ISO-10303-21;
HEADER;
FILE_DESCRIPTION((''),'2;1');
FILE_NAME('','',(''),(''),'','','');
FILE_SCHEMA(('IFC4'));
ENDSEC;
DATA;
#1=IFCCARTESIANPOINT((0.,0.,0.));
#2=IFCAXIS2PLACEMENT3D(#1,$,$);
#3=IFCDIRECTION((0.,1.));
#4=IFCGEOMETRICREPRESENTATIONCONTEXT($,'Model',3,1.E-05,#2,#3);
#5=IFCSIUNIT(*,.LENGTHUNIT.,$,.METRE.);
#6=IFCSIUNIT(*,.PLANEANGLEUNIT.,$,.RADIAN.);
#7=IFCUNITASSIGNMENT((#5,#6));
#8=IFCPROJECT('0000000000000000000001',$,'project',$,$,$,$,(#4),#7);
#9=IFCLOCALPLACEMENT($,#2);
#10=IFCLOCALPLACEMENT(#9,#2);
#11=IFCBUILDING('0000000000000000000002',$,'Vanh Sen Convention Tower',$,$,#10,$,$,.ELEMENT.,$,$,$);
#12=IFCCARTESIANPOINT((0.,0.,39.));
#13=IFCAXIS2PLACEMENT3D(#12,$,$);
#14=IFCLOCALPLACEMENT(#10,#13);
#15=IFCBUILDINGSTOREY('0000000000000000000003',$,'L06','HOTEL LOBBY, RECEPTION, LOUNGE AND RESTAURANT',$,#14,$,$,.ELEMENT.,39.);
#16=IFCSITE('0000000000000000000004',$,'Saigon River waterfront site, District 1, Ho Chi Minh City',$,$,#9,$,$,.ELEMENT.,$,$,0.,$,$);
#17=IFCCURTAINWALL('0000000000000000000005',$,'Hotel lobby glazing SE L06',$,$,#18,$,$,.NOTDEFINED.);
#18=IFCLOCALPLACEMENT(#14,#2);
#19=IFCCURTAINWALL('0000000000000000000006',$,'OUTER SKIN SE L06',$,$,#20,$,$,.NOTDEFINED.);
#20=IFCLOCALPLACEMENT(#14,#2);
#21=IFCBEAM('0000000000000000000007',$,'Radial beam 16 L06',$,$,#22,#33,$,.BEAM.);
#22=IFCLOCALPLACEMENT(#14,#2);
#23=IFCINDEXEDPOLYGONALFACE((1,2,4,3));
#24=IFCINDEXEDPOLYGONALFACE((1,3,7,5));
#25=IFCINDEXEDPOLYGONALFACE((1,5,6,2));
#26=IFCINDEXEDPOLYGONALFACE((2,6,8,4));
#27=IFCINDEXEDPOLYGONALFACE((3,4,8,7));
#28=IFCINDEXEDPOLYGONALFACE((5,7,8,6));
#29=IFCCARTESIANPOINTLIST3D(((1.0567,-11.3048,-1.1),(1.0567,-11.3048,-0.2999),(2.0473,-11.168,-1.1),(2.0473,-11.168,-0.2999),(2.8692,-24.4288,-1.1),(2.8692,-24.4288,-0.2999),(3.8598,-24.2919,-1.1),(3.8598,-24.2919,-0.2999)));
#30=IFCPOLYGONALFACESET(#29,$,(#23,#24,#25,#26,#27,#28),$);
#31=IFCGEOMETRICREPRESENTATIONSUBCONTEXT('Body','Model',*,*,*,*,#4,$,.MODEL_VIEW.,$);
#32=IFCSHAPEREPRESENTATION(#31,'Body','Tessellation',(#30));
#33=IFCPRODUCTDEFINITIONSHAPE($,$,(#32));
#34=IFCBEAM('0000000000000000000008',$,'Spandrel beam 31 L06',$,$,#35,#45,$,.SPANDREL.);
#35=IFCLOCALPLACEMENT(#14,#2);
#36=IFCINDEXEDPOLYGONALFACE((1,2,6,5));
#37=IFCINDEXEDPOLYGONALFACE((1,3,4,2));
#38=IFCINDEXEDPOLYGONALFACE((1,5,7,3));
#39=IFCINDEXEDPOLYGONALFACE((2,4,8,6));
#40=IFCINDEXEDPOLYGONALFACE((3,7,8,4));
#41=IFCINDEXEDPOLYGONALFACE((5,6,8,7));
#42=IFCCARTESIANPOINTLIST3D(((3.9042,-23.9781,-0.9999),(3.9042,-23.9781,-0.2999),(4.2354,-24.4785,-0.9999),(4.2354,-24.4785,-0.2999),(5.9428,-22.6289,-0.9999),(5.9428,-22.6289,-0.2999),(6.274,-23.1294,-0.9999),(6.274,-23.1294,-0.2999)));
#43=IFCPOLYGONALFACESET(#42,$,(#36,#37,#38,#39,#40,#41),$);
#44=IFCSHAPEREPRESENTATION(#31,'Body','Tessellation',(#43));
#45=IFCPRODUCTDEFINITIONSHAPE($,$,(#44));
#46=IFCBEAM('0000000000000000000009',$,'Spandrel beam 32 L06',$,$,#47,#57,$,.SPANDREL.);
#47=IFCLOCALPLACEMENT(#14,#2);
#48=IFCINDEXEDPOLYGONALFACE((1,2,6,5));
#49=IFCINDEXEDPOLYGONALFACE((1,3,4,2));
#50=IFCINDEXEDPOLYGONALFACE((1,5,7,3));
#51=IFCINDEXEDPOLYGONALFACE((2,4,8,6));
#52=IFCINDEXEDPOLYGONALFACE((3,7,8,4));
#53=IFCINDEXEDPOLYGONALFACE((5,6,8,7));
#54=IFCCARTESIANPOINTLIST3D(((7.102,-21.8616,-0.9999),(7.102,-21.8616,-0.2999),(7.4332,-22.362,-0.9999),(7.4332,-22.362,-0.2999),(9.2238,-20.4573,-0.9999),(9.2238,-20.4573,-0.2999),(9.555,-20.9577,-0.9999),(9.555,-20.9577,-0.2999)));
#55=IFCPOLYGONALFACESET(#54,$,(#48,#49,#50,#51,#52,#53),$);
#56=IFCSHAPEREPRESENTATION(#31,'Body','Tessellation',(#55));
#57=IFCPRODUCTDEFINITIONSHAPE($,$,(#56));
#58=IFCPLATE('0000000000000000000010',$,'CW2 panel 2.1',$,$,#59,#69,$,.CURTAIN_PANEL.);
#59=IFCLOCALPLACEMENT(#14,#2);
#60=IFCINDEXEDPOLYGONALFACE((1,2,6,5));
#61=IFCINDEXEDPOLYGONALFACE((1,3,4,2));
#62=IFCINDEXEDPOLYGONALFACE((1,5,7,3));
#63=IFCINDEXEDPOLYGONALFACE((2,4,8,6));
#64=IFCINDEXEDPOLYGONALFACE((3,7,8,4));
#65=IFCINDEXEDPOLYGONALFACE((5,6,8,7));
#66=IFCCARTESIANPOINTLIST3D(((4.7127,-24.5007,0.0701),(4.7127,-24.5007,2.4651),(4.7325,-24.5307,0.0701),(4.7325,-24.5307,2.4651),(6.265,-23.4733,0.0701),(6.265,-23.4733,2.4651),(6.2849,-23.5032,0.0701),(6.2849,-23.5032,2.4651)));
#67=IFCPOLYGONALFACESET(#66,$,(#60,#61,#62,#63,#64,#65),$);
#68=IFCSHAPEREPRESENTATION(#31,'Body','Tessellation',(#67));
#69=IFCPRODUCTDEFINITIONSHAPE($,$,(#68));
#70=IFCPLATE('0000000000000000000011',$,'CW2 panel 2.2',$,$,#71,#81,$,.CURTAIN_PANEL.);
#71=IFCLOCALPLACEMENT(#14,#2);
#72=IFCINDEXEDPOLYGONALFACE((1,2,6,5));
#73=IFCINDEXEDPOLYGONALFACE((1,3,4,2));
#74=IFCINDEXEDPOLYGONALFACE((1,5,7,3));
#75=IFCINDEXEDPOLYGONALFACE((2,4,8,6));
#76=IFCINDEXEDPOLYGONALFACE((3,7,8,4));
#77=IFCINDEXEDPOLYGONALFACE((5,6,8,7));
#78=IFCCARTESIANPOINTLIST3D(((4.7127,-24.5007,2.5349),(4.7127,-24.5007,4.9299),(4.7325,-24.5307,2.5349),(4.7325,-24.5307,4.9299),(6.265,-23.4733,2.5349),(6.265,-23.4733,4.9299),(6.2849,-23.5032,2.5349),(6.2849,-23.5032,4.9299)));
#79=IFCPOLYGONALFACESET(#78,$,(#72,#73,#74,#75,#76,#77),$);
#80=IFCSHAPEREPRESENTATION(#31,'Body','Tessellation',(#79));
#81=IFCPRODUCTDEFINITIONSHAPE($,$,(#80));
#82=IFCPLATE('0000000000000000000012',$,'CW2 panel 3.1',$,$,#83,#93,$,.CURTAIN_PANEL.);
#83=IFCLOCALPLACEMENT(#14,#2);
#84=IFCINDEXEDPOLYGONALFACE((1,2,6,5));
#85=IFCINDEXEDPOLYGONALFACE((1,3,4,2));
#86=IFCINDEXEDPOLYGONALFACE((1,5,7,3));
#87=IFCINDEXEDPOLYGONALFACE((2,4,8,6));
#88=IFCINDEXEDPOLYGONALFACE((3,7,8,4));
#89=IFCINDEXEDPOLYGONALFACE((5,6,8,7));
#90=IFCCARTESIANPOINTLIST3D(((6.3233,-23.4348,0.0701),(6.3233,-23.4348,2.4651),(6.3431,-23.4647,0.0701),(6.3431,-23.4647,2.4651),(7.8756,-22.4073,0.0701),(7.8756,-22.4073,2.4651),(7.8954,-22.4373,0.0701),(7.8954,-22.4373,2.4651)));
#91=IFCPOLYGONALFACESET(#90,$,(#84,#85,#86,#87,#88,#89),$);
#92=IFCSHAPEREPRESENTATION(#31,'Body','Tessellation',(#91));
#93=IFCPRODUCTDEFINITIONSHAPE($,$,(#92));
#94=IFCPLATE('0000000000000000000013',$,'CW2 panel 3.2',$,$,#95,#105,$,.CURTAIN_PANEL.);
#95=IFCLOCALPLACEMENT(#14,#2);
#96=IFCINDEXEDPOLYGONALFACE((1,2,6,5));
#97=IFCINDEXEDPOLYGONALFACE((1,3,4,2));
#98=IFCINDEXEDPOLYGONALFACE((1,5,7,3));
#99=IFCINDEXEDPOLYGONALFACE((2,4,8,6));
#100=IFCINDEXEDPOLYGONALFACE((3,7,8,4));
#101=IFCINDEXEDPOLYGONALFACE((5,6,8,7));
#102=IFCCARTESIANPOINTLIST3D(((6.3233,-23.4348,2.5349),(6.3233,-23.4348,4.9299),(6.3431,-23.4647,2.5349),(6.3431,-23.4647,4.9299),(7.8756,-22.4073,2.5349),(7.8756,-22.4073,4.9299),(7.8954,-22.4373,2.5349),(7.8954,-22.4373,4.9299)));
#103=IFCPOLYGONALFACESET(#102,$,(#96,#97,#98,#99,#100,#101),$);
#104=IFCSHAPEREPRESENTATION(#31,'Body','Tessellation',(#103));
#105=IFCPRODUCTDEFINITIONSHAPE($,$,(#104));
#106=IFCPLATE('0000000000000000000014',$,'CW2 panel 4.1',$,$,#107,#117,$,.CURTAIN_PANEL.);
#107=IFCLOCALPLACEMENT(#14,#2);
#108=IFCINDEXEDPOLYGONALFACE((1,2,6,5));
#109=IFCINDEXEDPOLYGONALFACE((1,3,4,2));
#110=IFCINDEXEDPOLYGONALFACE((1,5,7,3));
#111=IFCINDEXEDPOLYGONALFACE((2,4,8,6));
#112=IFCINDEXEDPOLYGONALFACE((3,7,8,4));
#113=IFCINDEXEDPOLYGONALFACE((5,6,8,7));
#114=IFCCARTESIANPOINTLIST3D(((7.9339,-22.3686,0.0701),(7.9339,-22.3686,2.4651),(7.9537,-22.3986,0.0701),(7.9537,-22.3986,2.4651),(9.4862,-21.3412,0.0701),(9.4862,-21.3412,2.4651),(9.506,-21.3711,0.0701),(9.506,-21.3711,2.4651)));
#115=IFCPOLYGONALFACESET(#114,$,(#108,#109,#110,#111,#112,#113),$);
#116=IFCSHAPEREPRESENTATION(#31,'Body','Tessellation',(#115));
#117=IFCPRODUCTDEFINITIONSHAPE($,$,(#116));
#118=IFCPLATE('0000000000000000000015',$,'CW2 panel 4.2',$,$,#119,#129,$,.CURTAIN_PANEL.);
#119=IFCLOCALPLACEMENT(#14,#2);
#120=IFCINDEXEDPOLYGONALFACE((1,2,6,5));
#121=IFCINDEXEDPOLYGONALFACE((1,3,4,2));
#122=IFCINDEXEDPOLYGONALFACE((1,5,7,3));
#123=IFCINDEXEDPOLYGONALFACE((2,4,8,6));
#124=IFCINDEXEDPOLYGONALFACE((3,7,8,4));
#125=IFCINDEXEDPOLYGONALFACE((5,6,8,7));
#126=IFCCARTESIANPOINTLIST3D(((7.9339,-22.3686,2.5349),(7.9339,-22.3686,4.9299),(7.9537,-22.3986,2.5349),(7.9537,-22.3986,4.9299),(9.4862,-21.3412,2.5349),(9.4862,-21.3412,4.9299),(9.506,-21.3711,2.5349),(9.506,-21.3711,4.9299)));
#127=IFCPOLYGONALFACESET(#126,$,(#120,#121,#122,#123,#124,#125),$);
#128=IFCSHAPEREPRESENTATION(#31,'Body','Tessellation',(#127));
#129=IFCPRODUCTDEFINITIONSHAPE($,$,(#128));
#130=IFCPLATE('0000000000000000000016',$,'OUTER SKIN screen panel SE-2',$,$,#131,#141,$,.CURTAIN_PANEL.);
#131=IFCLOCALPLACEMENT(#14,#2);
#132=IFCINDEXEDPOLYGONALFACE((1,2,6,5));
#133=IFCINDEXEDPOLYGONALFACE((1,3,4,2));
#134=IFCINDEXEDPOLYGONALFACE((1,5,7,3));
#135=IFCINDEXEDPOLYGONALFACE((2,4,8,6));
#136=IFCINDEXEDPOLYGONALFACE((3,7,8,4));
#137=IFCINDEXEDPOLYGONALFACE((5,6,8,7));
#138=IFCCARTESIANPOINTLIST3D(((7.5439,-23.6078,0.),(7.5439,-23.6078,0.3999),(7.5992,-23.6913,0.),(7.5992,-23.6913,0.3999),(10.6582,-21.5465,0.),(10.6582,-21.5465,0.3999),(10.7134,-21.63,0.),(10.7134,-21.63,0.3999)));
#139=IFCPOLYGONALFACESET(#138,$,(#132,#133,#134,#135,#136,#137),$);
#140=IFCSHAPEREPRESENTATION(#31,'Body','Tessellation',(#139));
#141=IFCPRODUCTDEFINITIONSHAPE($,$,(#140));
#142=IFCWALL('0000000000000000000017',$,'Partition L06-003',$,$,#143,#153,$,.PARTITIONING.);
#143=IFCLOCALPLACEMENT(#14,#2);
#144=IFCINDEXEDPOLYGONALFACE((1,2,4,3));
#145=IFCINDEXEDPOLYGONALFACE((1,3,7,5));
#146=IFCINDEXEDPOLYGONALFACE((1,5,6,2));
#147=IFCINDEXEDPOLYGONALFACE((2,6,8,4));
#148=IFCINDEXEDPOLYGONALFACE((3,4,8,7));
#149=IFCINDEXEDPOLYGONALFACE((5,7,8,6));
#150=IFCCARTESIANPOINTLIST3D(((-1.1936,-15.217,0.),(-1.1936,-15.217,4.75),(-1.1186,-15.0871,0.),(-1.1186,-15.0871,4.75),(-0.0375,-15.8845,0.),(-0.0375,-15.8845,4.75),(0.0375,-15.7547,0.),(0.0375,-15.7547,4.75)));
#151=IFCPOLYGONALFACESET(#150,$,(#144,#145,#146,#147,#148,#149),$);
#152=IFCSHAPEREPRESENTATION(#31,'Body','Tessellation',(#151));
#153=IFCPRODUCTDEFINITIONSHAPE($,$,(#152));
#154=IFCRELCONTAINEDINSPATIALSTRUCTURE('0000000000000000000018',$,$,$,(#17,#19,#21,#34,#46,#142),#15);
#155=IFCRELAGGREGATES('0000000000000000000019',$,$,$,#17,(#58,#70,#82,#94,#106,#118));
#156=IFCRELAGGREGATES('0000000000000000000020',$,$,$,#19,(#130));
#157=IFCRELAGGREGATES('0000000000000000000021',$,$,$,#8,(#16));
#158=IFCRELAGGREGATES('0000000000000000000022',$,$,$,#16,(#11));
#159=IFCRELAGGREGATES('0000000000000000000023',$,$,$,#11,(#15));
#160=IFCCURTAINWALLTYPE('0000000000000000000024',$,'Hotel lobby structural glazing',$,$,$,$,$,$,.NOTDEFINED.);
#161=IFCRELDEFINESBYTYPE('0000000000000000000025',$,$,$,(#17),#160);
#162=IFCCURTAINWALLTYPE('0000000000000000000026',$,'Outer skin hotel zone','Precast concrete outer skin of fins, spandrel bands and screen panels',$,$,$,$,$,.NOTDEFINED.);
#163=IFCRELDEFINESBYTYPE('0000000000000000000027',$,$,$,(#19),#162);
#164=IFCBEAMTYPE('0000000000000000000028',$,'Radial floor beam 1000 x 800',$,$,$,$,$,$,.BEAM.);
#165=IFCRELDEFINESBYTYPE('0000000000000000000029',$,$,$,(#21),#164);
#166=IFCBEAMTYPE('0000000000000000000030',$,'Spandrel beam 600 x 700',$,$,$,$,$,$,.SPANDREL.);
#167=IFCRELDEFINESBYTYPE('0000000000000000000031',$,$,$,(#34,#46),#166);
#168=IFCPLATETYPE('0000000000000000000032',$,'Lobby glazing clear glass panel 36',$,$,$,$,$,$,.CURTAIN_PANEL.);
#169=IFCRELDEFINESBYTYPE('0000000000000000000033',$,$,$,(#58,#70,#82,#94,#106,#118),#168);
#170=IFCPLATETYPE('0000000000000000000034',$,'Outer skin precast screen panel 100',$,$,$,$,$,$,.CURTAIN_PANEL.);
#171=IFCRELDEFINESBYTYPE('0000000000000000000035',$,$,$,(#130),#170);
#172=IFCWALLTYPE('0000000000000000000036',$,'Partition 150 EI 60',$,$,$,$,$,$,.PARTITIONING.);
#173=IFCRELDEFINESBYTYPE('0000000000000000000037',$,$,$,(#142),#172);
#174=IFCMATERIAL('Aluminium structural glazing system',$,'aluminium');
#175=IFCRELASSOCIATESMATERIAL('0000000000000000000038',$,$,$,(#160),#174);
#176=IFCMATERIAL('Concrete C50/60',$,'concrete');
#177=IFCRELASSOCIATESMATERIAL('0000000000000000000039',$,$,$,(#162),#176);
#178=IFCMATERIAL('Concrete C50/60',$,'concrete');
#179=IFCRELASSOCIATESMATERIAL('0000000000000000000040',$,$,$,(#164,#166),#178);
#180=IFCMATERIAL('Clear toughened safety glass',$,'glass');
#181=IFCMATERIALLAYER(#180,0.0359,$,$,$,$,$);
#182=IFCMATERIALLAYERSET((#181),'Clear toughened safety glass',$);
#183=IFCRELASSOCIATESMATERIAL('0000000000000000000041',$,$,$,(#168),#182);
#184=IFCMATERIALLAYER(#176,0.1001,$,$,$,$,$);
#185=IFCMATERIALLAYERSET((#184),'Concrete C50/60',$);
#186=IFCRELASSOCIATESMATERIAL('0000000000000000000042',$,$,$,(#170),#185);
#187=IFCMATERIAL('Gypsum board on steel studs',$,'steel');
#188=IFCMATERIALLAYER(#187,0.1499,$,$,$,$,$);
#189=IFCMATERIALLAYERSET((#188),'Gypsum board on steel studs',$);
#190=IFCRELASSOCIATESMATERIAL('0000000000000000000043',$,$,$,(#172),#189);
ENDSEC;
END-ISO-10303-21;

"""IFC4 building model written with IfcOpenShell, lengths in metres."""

from ifc_helpers import new_model, si_unit, direction, frame, frame_2d, origin, origin_2d, place, context, subcontext, project, spatial, rectangle, extrude, material, layer, layer_set, material_profile, profile_set, type_object, element, aggregate, save


model = new_model("IFC4")

# Units and contexts
model_context = context("Model", 3, precision=1e-05, world=origin(), true_north=direction((0.0, 1.0)))
body_context = subcontext(model_context, "Body", "Model", "MODEL_VIEW")
ifc_project = project(units=[si_unit("LENGTHUNIT", "METRE"), si_unit("PLANEANGLEUNIT", "RADIAN")], contexts=[model_context])

# Site, building, storey
site_placement = place(None, origin())
site = spatial("IfcSite", under=ifc_project, at=site_placement, Name="Saigon River waterfront site, District 1, Ho Chi Minh City", CompositionType="ELEMENT", RefElevation=0.0)
building_placement = place(site_placement, origin())
building = spatial("IfcBuilding", under=site, at=building_placement, Name="Vanh Sen Convention Tower", CompositionType="ELEMENT")
storey_placement = place(building_placement, frame((0.0, 0.0, 39.0)))
storey = spatial("IfcBuildingStorey", under=building, at=storey_placement, Name="L06", Description="HOTEL LOBBY, RECEPTION, LOUNGE AND RESTAURANT", CompositionType="ELEMENT", Elevation=39.0)

# Curtain wall
ifc_material_1 = material(Name="Aluminium structural glazing system", Category="aluminium")
curtain_wall_type_1 = type_object("IfcCurtainWallType", Name="Hotel lobby structural glazing", PredefinedType="NOTDEFINED", material=ifc_material_1)
curtain_wall_1_placement = place(storey_placement, origin())
curtain_wall_1 = element("IfcCurtainWall", 1, at=curtain_wall_1_placement, inside=storey, type_object=curtain_wall_type_1, Name="Hotel lobby glazing SE L06", PredefinedType="NOTDEFINED")

# Curtain wall
ifc_material_2 = material(Name="Concrete C50/60", Category="concrete")
curtain_wall_type_2 = type_object("IfcCurtainWallType", Name="Outer skin hotel zone", Description="Precast concrete outer skin of fins, spandrel bands and screen panels", PredefinedType="NOTDEFINED", material=ifc_material_2)
curtain_wall_2_placement = place(storey_placement, origin())
curtain_wall_2 = element("IfcCurtainWall", 2, at=curtain_wall_2_placement, inside=storey, type_object=curtain_wall_type_2, Name="OUTER SKIN SE L06", PredefinedType="NOTDEFINED")

# Beams
ifc_material_3 = material(Name="Concrete C50/60", Category="concrete")
ifc_material_profile_1 = material_profile(ifc_material_3, rectangle(XDim=1.0, YDim=0.8, at=origin_2d()), Name="RC 1000X800")
ifc_profile_set_1 = profile_set([ifc_material_profile_1], Name="Concrete C50/60")
beam_type_1 = type_object("IfcBeamType", Name="Radial floor beam 1000 x 800", PredefinedType="BEAM", material=ifc_profile_set_1)
beam_1_placement = place(storey_placement, frame((3.3645, -24.3604, -0.7), z_axis=(-0.136807, 0.990598, 0.0), x_axis=(-0.990598, -0.136807, 0.0)))
element("IfcBeam", 3, at=beam_1_placement, inside=storey, type_object=beam_type_1, Name="Radial beam 16 L06", PredefinedType="BEAM", context=body_context, shape_type="SweptSolid", body=[
    extrude(rectangle(XDim=1.0, YDim=0.8, at=origin_2d()), origin(), (0.0, 0.0, 1.0), 13.2485),
])
ifc_material_profile_2 = material_profile(ifc_material_3, rectangle(XDim=0.6001, YDim=0.7, at=origin_2d()), Name="RC 600X700")
ifc_profile_set_2 = profile_set([ifc_material_profile_2], Name="Concrete C50/60")
beam_type_2 = type_object("IfcBeamType", Name="Spandrel beam 600 x 700", PredefinedType="SPANDREL", material=ifc_profile_set_2)
beam_2_placement = place(storey_placement, frame((4.0698, -24.2283, -0.6499), z_axis=(0.83392, 0.551885, 0.0), x_axis=(-0.551885, 0.83392, 0.0)))
element("IfcBeam", 4, at=beam_2_placement, inside=storey, type_object=beam_type_2, Name="Spandrel beam 31 L06", PredefinedType="SPANDREL", context=body_context, shape_type="SweptSolid", body=[
    extrude(rectangle(XDim=0.6001, YDim=0.7, at=origin_2d()), origin(), (0.0, 0.0, 1.0), 2.4446),
])
beam_3_placement = place(storey_placement, frame((7.2676, -22.1118, -0.6499), z_axis=(0.833906, 0.551907, 0.0), x_axis=(-0.551907, 0.833906, 0.0)))
element("IfcBeam", 5, at=beam_3_placement, inside=storey, type_object=beam_type_2, Name="Spandrel beam 32 L06", PredefinedType="SPANDREL", context=body_context, shape_type="SweptSolid", body=[
    extrude(rectangle(XDim=0.6001, YDim=0.7, at=origin_2d()), origin(), (0.0, 0.0, 1.0), 2.5444),
])

# Plates
ifc_material_4 = material(Name="Clear toughened safety glass", Category="glass")
ifc_layer_1 = layer(ifc_material_4, 0.0359)
ifc_layer_set_1 = layer_set([ifc_layer_1], Name="Clear toughened safety glass")
plate_type_1 = type_object("IfcPlateType", Name="Lobby glazing clear glass panel 36", PredefinedType="CURTAIN_PANEL", material=ifc_layer_set_1)
plate_1_placement = place(storey_placement, frame((5.4988, -24.002, 0.0701), z_axis=(0.0, 0.0, 1.0), x_axis=(0.833886, 0.551937, 0.0)))
plate_1 = element("IfcPlate", 6, at=plate_1_placement, type_object=plate_type_1, Name="CW2 panel 2.1", PredefinedType="CURTAIN_PANEL", context=body_context, shape_type="SweptSolid", body=[
    extrude(rectangle(XDim=1.8616, YDim=0.0359, at=origin_2d()), origin(), (0.0, 0.0, 1.0), 2.395),
])
plate_2_placement = place(storey_placement, frame((5.4988, -24.002, 2.5349), z_axis=(0.0, 0.0, 1.0), x_axis=(0.833886, 0.551937, 0.0)))
plate_2 = element("IfcPlate", 7, at=plate_2_placement, type_object=plate_type_1, Name="CW2 panel 2.2", PredefinedType="CURTAIN_PANEL", context=body_context, shape_type="SweptSolid", body=[
    extrude(rectangle(XDim=1.8616, YDim=0.0359, at=origin_2d()), origin(), (0.0, 0.0, 1.0), 2.395),
])
plate_3_placement = place(storey_placement, frame((7.1094, -22.936, 0.0701), z_axis=(0.0, 0.0, 1.0), x_axis=(0.833886, 0.551937, 0.0)))
plate_3 = element("IfcPlate", 8, at=plate_3_placement, type_object=plate_type_1, Name="CW2 panel 3.1", PredefinedType="CURTAIN_PANEL", context=body_context, shape_type="SweptSolid", body=[
    extrude(rectangle(XDim=1.8616, YDim=0.0359, at=origin_2d()), origin(), (0.0, 0.0, 1.0), 2.395),
])
plate_4_placement = place(storey_placement, frame((7.1094, -22.936, 2.5349), z_axis=(0.0, 0.0, 1.0), x_axis=(0.833886, 0.551937, 0.0)))
plate_4 = element("IfcPlate", 9, at=plate_4_placement, type_object=plate_type_1, Name="CW2 panel 3.2", PredefinedType="CURTAIN_PANEL", context=body_context, shape_type="SweptSolid", body=[
    extrude(rectangle(XDim=1.8616, YDim=0.0359, at=origin_2d()), origin(), (0.0, 0.0, 1.0), 2.395),
])
plate_5_placement = place(storey_placement, frame((8.72, -21.8699, 0.0701), z_axis=(0.0, 0.0, 1.0), x_axis=(0.833886, 0.551937, 0.0)))
plate_5 = element("IfcPlate", 10, at=plate_5_placement, type_object=plate_type_1, Name="CW2 panel 4.1", PredefinedType="CURTAIN_PANEL", context=body_context, shape_type="SweptSolid", body=[
    extrude(rectangle(XDim=1.8616, YDim=0.0359, at=origin_2d()), origin(), (0.0, 0.0, 1.0), 2.395),
])
plate_6_placement = place(storey_placement, frame((8.72, -21.8699, 2.5349), z_axis=(0.0, 0.0, 1.0), x_axis=(0.833886, 0.551937, 0.0)))
plate_6 = element("IfcPlate", 11, at=plate_6_placement, type_object=plate_type_1, Name="CW2 panel 4.2", PredefinedType="CURTAIN_PANEL", context=body_context, shape_type="SweptSolid", body=[
    extrude(rectangle(XDim=1.8616, YDim=0.0359, at=origin_2d()), origin(), (0.0, 0.0, 1.0), 2.395),
])
aggregate(curtain_wall_1, [plate_1, plate_2, plate_3, plate_4, plate_5, plate_6])
ifc_layer_2 = layer(ifc_material_2, 0.1001)
ifc_layer_set_2 = layer_set([ifc_layer_2], Name="Concrete C50/60")
plate_type_2 = type_object("IfcPlateType", Name="Outer skin precast screen panel 100", PredefinedType="CURTAIN_PANEL", material=ifc_layer_set_2)
plate_7_placement = place(storey_placement, frame((9.1287, -22.6189, 0.0), z_axis=(0.0, 0.0, 1.0), x_axis=(0.833892, 0.551928, 0.0)))
plate_7 = element("IfcPlate", 12, at=plate_7_placement, type_object=plate_type_2, Name="OUTER SKIN screen panel SE-2", PredefinedType="CURTAIN_PANEL", context=body_context, shape_type="SweptSolid", body=[
    extrude(rectangle(XDim=3.7346, YDim=0.1001, at=origin_2d()), origin(), (0.0, 0.0, 1.0), 0.3999),
])
aggregate(curtain_wall_2, [plate_7])

# Wall
ifc_material_5 = material(Name="Gypsum board on steel studs", Category="steel")
ifc_layer_3 = layer(ifc_material_5, 0.1499)
ifc_layer_set_3 = layer_set([ifc_layer_3], Name="Gypsum board on steel studs")
wall_type = type_object("IfcWallType", Name="Partition 150 EI 60", PredefinedType="PARTITIONING", material=ifc_layer_set_3)
wall_placement = place(storey_placement, frame((0.0, -15.8196, 0.0), z_axis=(0.0, 0.0, 1.0), x_axis=(-0.866006, 0.500034, 0.0)))
element("IfcWall", 13, at=wall_placement, inside=storey, type_object=wall_type, Name="Partition L06-003", PredefinedType="PARTITIONING", context=body_context, shape_type="SweptSolid", body=[
    extrude(rectangle(XDim=1.335, YDim=0.1499, at=frame_2d((0.6675, 0.0))), origin(), (0.0, 0.0, 1.0), 4.75),
])

save(model, "model.ifc")
